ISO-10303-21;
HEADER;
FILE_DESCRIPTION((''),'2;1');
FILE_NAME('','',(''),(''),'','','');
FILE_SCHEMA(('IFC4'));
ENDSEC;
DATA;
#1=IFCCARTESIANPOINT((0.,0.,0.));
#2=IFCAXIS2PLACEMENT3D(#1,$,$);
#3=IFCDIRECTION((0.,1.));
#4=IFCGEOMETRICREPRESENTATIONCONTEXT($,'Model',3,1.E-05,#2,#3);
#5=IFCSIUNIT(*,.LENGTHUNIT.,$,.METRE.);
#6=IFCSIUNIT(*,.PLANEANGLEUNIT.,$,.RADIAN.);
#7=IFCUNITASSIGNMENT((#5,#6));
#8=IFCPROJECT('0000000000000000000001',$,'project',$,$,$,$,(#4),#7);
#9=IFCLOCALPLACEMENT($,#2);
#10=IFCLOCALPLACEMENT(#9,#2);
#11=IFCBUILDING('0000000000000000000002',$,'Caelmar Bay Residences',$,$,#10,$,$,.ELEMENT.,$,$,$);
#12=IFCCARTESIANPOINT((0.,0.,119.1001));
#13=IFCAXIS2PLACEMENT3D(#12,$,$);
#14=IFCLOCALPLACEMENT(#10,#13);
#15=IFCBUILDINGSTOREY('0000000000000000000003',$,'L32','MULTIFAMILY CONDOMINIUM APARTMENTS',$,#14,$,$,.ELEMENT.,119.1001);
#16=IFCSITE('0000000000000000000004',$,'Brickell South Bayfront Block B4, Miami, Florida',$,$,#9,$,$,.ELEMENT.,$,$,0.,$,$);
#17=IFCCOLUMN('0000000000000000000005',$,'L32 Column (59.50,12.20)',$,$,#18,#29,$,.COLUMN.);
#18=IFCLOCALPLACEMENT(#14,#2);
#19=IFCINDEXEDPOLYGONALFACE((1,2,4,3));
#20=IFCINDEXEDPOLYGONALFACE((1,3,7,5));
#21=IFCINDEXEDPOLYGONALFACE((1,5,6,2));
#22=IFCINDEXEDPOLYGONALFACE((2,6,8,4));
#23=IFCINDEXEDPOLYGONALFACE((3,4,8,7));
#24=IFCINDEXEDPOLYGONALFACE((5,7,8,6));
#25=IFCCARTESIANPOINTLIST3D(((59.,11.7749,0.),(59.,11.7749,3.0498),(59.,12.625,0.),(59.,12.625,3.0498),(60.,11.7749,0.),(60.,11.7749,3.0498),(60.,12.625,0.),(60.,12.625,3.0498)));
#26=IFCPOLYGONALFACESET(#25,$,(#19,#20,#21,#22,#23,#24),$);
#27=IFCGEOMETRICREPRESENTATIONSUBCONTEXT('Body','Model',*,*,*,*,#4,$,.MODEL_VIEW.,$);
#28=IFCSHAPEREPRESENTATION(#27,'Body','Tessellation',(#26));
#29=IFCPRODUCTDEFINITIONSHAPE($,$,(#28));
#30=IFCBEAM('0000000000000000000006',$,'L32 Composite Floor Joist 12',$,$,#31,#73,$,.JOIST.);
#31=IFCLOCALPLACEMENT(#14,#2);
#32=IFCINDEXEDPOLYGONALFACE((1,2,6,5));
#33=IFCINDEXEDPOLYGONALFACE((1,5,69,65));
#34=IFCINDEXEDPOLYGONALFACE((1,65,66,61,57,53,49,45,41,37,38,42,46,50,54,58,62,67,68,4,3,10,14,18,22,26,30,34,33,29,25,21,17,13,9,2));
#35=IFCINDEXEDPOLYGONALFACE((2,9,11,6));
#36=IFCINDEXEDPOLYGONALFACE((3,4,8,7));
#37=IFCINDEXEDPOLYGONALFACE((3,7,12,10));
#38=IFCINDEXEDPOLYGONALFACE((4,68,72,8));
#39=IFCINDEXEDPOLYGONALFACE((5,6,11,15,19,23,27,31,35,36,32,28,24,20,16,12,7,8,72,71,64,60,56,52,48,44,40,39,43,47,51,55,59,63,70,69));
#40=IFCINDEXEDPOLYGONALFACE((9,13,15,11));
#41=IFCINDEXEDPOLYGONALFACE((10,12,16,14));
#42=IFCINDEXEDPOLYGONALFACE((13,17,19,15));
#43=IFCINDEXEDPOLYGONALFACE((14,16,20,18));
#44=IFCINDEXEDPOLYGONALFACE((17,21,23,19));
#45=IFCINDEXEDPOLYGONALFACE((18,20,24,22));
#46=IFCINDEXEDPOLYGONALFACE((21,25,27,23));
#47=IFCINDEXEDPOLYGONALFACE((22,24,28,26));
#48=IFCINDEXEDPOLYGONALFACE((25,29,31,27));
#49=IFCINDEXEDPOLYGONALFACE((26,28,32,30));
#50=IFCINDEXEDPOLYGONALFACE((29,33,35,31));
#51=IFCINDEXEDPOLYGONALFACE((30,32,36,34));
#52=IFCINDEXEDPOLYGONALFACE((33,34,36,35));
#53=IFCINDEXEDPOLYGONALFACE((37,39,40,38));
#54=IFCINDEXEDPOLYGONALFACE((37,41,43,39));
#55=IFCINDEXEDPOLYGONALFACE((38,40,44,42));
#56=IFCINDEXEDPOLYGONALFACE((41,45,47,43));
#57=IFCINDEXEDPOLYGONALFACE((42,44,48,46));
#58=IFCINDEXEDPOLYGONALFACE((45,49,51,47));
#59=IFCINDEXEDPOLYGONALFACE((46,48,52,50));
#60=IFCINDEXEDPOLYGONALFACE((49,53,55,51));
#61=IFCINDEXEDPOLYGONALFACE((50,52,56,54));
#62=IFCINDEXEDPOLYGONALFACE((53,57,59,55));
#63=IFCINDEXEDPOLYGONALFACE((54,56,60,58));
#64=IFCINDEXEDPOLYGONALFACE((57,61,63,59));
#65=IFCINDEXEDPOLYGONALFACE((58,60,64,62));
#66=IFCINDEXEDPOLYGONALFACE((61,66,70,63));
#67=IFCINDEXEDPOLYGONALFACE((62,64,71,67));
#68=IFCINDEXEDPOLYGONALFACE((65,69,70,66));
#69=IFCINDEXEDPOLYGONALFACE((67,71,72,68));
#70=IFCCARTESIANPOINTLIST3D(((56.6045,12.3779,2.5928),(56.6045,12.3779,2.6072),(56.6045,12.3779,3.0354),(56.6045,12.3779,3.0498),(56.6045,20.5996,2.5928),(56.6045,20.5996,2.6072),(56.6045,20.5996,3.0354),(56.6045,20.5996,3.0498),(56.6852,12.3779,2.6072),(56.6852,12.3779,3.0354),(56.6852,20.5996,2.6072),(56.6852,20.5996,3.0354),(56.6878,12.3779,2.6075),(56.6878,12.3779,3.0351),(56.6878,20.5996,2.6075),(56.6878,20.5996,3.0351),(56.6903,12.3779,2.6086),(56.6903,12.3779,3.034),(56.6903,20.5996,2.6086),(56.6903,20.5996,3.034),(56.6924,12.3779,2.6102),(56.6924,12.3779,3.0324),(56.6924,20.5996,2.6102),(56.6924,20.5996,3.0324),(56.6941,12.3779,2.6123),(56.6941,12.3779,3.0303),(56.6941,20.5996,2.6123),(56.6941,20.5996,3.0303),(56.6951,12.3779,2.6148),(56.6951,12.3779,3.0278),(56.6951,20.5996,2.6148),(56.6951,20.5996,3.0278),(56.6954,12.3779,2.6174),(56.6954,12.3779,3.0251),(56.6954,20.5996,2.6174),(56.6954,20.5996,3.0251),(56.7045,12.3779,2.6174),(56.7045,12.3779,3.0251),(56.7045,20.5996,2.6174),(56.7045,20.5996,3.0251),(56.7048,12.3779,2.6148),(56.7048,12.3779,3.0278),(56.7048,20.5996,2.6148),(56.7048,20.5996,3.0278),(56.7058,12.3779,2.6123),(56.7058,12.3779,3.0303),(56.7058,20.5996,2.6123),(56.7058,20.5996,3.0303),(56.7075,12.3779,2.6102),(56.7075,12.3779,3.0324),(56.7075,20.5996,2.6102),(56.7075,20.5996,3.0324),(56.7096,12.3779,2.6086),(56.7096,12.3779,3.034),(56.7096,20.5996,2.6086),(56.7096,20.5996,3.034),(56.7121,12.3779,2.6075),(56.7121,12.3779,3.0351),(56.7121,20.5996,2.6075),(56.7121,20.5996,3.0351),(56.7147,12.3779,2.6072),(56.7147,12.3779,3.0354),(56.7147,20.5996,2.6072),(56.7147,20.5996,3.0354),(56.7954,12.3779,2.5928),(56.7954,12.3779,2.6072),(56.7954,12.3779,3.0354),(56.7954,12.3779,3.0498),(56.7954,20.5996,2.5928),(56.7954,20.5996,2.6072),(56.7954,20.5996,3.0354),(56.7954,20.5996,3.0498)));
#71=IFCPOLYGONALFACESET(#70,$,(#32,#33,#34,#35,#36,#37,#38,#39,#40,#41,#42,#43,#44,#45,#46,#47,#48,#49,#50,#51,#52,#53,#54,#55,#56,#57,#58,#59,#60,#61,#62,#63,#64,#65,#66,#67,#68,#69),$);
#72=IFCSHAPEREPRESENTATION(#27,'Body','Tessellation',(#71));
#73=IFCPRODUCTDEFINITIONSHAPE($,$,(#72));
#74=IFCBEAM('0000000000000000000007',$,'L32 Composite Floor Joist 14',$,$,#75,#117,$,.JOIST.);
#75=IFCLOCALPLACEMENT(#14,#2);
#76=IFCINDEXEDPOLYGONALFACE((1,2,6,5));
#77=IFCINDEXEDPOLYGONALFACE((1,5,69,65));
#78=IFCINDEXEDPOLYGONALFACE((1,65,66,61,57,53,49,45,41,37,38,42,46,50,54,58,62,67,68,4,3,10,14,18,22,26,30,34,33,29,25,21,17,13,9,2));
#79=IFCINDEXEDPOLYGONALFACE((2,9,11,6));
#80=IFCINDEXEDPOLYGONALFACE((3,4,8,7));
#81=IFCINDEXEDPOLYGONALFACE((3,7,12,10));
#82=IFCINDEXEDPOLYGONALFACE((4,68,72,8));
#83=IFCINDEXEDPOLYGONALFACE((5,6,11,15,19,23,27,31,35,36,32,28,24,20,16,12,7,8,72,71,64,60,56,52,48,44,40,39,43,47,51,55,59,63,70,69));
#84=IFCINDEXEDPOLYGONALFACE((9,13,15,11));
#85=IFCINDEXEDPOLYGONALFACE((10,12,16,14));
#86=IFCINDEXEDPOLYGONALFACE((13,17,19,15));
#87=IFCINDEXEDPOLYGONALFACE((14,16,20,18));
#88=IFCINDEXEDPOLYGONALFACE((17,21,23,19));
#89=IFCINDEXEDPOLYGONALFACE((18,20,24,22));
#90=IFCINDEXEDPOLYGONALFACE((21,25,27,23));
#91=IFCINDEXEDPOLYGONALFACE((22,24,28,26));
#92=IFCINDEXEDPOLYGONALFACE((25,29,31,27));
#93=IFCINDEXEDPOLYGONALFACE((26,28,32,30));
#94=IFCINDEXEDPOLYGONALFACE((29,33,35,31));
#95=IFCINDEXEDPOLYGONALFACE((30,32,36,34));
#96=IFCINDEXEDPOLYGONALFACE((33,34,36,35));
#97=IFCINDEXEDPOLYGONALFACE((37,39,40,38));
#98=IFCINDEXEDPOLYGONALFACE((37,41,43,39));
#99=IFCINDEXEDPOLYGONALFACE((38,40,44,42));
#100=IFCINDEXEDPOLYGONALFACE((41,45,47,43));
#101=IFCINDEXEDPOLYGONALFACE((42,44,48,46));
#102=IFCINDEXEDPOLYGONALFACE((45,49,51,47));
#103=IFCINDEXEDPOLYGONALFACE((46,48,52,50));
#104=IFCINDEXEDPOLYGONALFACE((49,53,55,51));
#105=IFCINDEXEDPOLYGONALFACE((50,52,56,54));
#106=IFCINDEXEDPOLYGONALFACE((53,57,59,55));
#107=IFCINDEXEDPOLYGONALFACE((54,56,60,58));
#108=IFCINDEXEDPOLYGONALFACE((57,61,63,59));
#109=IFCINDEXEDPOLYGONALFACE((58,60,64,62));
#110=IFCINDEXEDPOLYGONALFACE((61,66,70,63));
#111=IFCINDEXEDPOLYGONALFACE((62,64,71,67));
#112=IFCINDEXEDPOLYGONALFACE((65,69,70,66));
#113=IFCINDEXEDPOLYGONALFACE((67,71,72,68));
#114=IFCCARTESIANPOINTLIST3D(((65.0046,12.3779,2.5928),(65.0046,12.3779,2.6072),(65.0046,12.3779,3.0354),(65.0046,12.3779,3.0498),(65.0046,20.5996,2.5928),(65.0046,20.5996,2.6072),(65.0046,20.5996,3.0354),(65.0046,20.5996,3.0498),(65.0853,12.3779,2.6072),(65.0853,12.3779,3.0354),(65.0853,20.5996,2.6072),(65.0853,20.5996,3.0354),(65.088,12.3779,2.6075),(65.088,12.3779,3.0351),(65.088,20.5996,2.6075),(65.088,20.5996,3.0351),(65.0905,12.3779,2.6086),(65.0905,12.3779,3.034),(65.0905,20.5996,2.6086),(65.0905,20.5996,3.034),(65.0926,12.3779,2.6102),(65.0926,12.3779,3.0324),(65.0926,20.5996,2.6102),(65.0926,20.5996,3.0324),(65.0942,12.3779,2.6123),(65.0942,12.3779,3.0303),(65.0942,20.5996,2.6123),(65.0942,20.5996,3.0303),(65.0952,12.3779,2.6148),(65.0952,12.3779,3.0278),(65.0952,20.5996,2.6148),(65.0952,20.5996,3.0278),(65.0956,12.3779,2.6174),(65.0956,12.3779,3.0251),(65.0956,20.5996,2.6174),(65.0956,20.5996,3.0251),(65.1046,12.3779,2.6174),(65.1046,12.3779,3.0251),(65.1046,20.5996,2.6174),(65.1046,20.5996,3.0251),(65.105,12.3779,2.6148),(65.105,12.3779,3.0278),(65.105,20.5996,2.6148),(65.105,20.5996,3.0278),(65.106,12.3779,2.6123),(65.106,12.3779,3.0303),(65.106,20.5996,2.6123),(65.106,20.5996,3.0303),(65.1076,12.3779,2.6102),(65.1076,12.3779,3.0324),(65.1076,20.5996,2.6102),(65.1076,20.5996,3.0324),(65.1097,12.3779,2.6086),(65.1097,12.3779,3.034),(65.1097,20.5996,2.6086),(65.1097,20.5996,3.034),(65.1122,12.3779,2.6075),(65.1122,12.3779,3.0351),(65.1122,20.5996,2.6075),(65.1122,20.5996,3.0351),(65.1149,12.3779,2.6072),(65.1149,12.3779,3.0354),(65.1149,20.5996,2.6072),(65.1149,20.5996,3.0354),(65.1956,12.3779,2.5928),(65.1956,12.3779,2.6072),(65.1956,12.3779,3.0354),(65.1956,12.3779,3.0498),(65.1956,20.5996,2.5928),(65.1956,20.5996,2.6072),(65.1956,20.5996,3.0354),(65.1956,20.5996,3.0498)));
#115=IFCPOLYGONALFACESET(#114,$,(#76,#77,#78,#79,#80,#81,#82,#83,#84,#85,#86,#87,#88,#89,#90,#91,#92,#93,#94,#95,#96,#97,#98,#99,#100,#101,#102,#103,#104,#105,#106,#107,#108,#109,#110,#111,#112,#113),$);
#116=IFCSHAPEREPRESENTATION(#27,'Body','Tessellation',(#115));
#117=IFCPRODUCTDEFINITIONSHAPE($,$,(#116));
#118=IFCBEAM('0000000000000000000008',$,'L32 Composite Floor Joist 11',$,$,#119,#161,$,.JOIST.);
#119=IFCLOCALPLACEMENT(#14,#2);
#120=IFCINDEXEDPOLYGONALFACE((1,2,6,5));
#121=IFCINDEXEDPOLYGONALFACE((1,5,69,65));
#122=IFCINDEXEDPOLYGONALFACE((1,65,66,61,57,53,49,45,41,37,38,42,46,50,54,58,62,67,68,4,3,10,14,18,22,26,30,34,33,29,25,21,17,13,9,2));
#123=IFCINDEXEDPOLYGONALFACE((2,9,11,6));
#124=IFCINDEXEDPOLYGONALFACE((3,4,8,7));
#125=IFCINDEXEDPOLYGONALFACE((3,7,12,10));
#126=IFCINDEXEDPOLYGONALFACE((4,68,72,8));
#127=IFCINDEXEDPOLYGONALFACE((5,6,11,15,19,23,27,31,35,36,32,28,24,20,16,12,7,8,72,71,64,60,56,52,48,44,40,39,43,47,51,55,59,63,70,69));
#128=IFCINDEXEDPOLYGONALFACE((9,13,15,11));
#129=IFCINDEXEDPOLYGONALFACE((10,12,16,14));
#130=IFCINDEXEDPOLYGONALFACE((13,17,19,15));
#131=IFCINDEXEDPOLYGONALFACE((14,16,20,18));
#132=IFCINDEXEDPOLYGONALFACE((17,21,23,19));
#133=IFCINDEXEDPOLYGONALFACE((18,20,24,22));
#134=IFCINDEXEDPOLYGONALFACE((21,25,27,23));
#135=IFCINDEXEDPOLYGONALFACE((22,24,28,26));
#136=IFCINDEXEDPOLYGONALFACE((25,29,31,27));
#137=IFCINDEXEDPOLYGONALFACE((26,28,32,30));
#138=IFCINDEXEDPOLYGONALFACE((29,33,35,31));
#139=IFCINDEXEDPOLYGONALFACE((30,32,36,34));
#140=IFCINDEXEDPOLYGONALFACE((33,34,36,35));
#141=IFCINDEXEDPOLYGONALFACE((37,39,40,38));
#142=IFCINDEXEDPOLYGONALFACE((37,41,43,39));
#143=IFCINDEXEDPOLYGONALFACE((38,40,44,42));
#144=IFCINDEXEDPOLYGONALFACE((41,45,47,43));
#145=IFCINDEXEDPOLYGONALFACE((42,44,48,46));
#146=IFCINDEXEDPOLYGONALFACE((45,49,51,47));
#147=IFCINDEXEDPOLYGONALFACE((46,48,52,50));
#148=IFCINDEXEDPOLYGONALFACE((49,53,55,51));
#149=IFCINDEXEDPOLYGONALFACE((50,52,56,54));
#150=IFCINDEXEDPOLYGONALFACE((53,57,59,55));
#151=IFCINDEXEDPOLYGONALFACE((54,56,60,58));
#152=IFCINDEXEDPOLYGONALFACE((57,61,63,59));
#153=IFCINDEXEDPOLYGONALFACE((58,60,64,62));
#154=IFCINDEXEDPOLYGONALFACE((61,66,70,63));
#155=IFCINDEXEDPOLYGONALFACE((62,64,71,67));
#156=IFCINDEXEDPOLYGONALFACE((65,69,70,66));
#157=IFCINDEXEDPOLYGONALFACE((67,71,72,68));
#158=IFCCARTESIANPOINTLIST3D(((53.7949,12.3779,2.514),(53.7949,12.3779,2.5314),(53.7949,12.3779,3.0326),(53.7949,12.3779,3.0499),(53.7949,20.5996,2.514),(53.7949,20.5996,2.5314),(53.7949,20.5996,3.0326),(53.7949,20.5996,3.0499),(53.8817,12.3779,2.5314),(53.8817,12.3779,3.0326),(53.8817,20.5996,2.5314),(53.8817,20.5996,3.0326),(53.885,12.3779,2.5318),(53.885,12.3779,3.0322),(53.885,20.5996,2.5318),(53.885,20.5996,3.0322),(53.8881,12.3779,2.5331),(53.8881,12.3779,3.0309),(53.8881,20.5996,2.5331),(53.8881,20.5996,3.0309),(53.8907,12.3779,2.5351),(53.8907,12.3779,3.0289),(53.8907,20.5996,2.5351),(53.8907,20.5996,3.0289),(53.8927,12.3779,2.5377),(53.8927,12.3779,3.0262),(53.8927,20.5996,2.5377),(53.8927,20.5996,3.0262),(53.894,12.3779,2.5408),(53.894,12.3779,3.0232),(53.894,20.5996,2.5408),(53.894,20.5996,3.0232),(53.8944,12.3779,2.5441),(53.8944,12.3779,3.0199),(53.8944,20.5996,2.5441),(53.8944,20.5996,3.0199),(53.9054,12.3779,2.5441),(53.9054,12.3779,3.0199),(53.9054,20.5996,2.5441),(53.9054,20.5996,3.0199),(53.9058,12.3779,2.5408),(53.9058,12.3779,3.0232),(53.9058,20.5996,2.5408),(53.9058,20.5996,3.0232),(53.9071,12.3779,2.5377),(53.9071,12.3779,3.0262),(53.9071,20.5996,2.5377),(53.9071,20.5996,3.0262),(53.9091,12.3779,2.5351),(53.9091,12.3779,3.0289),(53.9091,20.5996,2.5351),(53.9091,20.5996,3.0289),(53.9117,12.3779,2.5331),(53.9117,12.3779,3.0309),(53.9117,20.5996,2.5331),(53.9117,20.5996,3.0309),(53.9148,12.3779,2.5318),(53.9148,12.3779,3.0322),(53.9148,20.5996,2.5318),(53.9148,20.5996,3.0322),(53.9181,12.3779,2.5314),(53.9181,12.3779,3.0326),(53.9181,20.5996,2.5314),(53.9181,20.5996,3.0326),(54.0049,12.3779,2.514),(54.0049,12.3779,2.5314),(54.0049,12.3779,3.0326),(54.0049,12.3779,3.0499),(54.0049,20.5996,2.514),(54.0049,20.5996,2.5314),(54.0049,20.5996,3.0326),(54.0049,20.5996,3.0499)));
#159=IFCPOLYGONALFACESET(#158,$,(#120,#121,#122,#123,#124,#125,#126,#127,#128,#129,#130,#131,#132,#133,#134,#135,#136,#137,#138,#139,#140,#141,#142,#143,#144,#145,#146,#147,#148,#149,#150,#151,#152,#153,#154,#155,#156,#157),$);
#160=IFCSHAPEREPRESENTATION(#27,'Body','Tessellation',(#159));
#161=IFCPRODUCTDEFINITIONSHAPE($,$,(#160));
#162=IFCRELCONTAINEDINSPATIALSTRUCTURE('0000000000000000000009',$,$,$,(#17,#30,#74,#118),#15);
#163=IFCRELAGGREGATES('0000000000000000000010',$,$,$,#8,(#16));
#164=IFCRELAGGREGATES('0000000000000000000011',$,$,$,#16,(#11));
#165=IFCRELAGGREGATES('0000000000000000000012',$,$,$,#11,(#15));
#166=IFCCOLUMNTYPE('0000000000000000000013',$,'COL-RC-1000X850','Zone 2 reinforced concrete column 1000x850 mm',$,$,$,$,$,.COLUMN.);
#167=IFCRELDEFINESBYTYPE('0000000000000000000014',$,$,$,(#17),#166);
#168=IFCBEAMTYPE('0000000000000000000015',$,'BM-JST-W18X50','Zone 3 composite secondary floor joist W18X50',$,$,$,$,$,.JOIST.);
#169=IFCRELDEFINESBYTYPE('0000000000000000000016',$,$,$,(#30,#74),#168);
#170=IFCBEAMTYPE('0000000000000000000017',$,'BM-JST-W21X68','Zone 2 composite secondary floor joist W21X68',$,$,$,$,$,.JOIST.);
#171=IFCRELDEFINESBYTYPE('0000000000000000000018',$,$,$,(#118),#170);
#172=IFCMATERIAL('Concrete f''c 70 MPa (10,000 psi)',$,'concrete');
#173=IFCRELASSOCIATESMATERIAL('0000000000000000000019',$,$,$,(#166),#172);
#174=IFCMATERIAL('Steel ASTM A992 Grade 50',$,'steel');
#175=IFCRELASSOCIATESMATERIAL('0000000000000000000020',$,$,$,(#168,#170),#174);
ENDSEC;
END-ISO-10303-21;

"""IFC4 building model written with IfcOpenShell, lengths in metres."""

from ifc_helpers import new_model, si_unit, direction, frame, origin, origin_2d, place, context, subcontext, project, spatial, rectangle, i_section, extrude, material, material_profile, profile_set, type_object, element, save


model = new_model("IFC4")

# Units and contexts
model_context = context("Model", 3, precision=1e-05, world=origin(), true_north=direction((0.0, 1.0)))
body_context = subcontext(model_context, "Body", "Model", "MODEL_VIEW")
ifc_project = project(units=[si_unit("LENGTHUNIT", "METRE"), si_unit("PLANEANGLEUNIT", "RADIAN")], contexts=[model_context])

# Site, building, storey
site_placement = place(None, origin())
site = spatial("IfcSite", under=ifc_project, at=site_placement, Name="Brickell South Bayfront Block B4, Miami, Florida", CompositionType="ELEMENT", RefElevation=0.0)
building_placement = place(site_placement, origin())
building = spatial("IfcBuilding", under=site, at=building_placement, Name="Caelmar Bay Residences", CompositionType="ELEMENT")
storey_placement = place(building_placement, frame((0.0, 0.0, 119.1001)))
storey = spatial("IfcBuildingStorey", under=building, at=storey_placement, Name="L32", Description="MULTIFAMILY CONDOMINIUM APARTMENTS", CompositionType="ELEMENT", Elevation=119.1001)

# Column
ifc_material_1 = material(Name="Concrete f'c 70 MPa (10,000 psi)", Category="concrete")
ifc_material_profile_1 = material_profile(ifc_material_1, rectangle(XDim=1.0, YDim=0.8501, at=origin_2d()), Name="RC-COL-1000X850")
ifc_profile_set_1 = profile_set([ifc_material_profile_1], Name="Concrete f'c 70 MPa (10,000 psi)")
column_type = type_object("IfcColumnType", Name="COL-RC-1000X850", Description="Zone 2 reinforced concrete column 1000x850 mm", PredefinedType="COLUMN", material=ifc_profile_set_1)
column_placement = place(storey_placement, frame((59.5, 12.2, 0.0), z_axis=(0.0, 0.0, 1.0), x_axis=(1.0, 0.0, 0.0)))
element("IfcColumn", 1, at=column_placement, inside=storey, type_object=column_type, Name="L32 Column (59.50,12.20)", PredefinedType="COLUMN", context=body_context, shape_type="SweptSolid", body=[
    extrude(rectangle(XDim=1.0, YDim=0.8501, at=origin_2d()), origin(), (0.0, 0.0, 1.0), 3.0498),
])

# Beams
ifc_material_2 = material(Name="Steel ASTM A992 Grade 50", Category="steel")
ifc_material_profile_2 = material_profile(ifc_material_2, i_section(OverallWidth=0.1909, OverallDepth=0.457, WebThickness=0.009, FlangeThickness=0.0144, FilletRadius=0.0103, at=origin_2d()), Name="W18X50")
ifc_profile_set_2 = profile_set([ifc_material_profile_2], Name="Steel ASTM A992 Grade 50")
beam_type_1 = type_object("IfcBeamType", Name="BM-JST-W18X50", Description="Zone 3 composite secondary floor joist W18X50", PredefinedType="JOIST", material=ifc_profile_set_2)
for number, where, z_axis, x_axis, name in (
    (2, (56.7, 12.3779, 2.8213), (0.0, 1.0, 0.0), (-1.0, 0.0, 0.0), "L32 Composite Floor Joist 12"),
    (3, (65.1001, 12.3779, 2.8213), (0.0, 1.0, 0.0), (-1.0, 0.0, 0.0), "L32 Composite Floor Joist 14"),
):
    element("IfcBeam", number, at=place(storey_placement, frame(where, z_axis=z_axis, x_axis=x_axis)), inside=storey, type_object=beam_type_1, Name=name, PredefinedType="JOIST", context=body_context, shape_type="SweptSolid", body=[
        extrude(i_section(OverallWidth=0.1909, OverallDepth=0.457, WebThickness=0.009, FlangeThickness=0.0144, FilletRadius=0.0103, at=origin_2d()), origin(), (0.0, 0.0, 1.0), 8.2217),
    ])
ifc_material_profile_3 = material_profile(ifc_material_2, i_section(OverallWidth=0.21, OverallDepth=0.5359, WebThickness=0.011, FlangeThickness=0.0173, FilletRadius=0.0127, at=origin_2d()), Name="W21X68")
ifc_profile_set_3 = profile_set([ifc_material_profile_3], Name="Steel ASTM A992 Grade 50")
beam_type_2 = type_object("IfcBeamType", Name="BM-JST-W21X68", Description="Zone 2 composite secondary floor joist W21X68", PredefinedType="JOIST", material=ifc_profile_set_3)
for number, where, z_axis, x_axis, name in (
    (4, (53.8999, 12.3779, 2.782), (0.0, 1.0, 0.0), (-1.0, 0.0, 0.0), "L32 Composite Floor Joist 11"),
):
    element("IfcBeam", number, at=place(storey_placement, frame(where, z_axis=z_axis, x_axis=x_axis)), inside=storey, type_object=beam_type_2, Name=name, PredefinedType="JOIST", context=body_context, shape_type="SweptSolid", body=[
        extrude(i_section(OverallWidth=0.21, OverallDepth=0.5359, WebThickness=0.011, FlangeThickness=0.0173, FilletRadius=0.0127, at=origin_2d()), origin(), (0.0, 0.0, 1.0), 8.2217),
    ])

save(model, "model.ifc")
